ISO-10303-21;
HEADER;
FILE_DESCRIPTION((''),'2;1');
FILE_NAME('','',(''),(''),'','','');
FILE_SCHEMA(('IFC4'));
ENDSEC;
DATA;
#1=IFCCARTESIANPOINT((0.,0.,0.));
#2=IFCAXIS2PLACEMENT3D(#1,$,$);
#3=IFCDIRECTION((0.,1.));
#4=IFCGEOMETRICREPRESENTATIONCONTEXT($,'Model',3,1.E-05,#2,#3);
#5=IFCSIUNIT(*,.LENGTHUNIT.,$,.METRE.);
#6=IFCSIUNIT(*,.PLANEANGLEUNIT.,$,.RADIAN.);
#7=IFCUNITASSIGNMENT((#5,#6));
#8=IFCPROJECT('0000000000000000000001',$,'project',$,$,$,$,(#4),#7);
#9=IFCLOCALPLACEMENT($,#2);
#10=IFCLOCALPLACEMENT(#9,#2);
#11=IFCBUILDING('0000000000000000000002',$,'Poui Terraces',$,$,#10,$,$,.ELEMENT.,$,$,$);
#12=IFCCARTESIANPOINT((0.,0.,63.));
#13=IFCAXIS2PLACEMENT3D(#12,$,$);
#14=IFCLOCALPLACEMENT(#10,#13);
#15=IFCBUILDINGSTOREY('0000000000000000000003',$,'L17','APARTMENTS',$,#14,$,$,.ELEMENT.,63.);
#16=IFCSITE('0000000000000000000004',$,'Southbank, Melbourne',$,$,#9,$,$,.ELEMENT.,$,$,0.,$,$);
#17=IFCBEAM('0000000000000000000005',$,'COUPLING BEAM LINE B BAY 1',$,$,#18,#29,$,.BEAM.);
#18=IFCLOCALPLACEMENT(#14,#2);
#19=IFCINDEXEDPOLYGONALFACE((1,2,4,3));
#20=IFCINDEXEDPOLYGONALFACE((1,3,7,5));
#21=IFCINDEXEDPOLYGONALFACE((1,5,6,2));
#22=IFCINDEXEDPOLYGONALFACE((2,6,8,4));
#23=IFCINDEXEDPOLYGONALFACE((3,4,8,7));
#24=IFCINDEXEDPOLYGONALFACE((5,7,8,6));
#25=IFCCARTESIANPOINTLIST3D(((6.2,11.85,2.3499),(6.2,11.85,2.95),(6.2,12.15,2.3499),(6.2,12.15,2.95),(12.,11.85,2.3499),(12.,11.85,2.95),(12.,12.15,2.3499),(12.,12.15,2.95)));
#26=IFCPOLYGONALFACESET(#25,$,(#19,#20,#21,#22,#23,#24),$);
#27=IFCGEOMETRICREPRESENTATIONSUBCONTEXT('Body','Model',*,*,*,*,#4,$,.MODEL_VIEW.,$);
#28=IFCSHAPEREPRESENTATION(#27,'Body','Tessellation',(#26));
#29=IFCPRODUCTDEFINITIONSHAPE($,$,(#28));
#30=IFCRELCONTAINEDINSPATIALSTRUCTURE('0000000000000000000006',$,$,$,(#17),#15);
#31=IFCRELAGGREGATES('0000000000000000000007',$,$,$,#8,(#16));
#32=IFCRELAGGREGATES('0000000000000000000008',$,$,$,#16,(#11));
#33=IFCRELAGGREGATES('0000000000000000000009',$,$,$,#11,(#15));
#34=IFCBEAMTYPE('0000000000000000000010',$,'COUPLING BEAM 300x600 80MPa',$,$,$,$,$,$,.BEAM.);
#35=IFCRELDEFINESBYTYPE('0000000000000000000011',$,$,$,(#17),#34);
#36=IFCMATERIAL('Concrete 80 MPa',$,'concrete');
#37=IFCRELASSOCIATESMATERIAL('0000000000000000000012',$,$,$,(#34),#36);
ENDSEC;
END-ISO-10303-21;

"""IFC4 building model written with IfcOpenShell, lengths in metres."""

from ifc_helpers import new_model, si_unit, direction, frame, origin, origin_2d, place, context, subcontext, project, spatial, rectangle, extrude, source, transform, mapped, material, material_profile, profile_set, type_object, element, save


model = new_model("IFC4")

# Units and contexts
model_context = context("Model", 3, precision=1e-05, world=origin(), true_north=direction((0.0, 1.0)))
body_context = subcontext(model_context, "Body", "Model", "MODEL_VIEW")
ifc_project = project(units=[si_unit("LENGTHUNIT", "METRE"), si_unit("PLANEANGLEUNIT", "RADIAN")], contexts=[model_context])

# Site, building, storey
site_placement = place(None, origin())
site = spatial("IfcSite", under=ifc_project, at=site_placement, Name="Southbank, Melbourne", CompositionType="ELEMENT", RefElevation=0.0)
building_placement = place(site_placement, origin())
building = spatial("IfcBuilding", under=site, at=building_placement, Name="Poui Terraces", CompositionType="ELEMENT")
storey_placement = place(building_placement, frame((0.0, 0.0, 63.0)))
storey = spatial("IfcBuildingStorey", under=building, at=storey_placement, Name="L17", Description="APARTMENTS", CompositionType="ELEMENT", Elevation=63.0)

# Beam
ifc_material_1 = material(Name="Concrete 80 MPa", Category="concrete")
ifc_material_profile = material_profile(ifc_material_1, rectangle(XDim=0.3, YDim=0.6001, at=origin_2d()), Name="RC 300x600")
ifc_profile_set = profile_set([ifc_material_profile], Name="Concrete 80 MPa")
beam_type = type_object("IfcBeamType", Name="COUPLING BEAM 300x600 80MPa", PredefinedType="BEAM", material=ifc_profile_set)
shared_shape = source(origin(), body_context, "Body", "SweptSolid", [
    extrude(rectangle(XDim=0.3, YDim=0.6001, at=origin_2d()), origin(), (0.0, 0.0, 1.0), 5.8),
])
beam_placement = place(storey_placement, frame((6.2, 12.0, 2.6499), z_axis=(1.0, 0.0, 0.0), x_axis=(0.0, 1.0, 0.0)))
element("IfcBeam", 1, at=beam_placement, inside=storey, type_object=beam_type, Name="COUPLING BEAM LINE B BAY 1", PredefinedType="BEAM", context=body_context, shape_type="MappedRepresentation", body=[
    mapped(shared_shape, transform((0.0, 0.0, 0.0))),
])

save(model, "model.ifc")
